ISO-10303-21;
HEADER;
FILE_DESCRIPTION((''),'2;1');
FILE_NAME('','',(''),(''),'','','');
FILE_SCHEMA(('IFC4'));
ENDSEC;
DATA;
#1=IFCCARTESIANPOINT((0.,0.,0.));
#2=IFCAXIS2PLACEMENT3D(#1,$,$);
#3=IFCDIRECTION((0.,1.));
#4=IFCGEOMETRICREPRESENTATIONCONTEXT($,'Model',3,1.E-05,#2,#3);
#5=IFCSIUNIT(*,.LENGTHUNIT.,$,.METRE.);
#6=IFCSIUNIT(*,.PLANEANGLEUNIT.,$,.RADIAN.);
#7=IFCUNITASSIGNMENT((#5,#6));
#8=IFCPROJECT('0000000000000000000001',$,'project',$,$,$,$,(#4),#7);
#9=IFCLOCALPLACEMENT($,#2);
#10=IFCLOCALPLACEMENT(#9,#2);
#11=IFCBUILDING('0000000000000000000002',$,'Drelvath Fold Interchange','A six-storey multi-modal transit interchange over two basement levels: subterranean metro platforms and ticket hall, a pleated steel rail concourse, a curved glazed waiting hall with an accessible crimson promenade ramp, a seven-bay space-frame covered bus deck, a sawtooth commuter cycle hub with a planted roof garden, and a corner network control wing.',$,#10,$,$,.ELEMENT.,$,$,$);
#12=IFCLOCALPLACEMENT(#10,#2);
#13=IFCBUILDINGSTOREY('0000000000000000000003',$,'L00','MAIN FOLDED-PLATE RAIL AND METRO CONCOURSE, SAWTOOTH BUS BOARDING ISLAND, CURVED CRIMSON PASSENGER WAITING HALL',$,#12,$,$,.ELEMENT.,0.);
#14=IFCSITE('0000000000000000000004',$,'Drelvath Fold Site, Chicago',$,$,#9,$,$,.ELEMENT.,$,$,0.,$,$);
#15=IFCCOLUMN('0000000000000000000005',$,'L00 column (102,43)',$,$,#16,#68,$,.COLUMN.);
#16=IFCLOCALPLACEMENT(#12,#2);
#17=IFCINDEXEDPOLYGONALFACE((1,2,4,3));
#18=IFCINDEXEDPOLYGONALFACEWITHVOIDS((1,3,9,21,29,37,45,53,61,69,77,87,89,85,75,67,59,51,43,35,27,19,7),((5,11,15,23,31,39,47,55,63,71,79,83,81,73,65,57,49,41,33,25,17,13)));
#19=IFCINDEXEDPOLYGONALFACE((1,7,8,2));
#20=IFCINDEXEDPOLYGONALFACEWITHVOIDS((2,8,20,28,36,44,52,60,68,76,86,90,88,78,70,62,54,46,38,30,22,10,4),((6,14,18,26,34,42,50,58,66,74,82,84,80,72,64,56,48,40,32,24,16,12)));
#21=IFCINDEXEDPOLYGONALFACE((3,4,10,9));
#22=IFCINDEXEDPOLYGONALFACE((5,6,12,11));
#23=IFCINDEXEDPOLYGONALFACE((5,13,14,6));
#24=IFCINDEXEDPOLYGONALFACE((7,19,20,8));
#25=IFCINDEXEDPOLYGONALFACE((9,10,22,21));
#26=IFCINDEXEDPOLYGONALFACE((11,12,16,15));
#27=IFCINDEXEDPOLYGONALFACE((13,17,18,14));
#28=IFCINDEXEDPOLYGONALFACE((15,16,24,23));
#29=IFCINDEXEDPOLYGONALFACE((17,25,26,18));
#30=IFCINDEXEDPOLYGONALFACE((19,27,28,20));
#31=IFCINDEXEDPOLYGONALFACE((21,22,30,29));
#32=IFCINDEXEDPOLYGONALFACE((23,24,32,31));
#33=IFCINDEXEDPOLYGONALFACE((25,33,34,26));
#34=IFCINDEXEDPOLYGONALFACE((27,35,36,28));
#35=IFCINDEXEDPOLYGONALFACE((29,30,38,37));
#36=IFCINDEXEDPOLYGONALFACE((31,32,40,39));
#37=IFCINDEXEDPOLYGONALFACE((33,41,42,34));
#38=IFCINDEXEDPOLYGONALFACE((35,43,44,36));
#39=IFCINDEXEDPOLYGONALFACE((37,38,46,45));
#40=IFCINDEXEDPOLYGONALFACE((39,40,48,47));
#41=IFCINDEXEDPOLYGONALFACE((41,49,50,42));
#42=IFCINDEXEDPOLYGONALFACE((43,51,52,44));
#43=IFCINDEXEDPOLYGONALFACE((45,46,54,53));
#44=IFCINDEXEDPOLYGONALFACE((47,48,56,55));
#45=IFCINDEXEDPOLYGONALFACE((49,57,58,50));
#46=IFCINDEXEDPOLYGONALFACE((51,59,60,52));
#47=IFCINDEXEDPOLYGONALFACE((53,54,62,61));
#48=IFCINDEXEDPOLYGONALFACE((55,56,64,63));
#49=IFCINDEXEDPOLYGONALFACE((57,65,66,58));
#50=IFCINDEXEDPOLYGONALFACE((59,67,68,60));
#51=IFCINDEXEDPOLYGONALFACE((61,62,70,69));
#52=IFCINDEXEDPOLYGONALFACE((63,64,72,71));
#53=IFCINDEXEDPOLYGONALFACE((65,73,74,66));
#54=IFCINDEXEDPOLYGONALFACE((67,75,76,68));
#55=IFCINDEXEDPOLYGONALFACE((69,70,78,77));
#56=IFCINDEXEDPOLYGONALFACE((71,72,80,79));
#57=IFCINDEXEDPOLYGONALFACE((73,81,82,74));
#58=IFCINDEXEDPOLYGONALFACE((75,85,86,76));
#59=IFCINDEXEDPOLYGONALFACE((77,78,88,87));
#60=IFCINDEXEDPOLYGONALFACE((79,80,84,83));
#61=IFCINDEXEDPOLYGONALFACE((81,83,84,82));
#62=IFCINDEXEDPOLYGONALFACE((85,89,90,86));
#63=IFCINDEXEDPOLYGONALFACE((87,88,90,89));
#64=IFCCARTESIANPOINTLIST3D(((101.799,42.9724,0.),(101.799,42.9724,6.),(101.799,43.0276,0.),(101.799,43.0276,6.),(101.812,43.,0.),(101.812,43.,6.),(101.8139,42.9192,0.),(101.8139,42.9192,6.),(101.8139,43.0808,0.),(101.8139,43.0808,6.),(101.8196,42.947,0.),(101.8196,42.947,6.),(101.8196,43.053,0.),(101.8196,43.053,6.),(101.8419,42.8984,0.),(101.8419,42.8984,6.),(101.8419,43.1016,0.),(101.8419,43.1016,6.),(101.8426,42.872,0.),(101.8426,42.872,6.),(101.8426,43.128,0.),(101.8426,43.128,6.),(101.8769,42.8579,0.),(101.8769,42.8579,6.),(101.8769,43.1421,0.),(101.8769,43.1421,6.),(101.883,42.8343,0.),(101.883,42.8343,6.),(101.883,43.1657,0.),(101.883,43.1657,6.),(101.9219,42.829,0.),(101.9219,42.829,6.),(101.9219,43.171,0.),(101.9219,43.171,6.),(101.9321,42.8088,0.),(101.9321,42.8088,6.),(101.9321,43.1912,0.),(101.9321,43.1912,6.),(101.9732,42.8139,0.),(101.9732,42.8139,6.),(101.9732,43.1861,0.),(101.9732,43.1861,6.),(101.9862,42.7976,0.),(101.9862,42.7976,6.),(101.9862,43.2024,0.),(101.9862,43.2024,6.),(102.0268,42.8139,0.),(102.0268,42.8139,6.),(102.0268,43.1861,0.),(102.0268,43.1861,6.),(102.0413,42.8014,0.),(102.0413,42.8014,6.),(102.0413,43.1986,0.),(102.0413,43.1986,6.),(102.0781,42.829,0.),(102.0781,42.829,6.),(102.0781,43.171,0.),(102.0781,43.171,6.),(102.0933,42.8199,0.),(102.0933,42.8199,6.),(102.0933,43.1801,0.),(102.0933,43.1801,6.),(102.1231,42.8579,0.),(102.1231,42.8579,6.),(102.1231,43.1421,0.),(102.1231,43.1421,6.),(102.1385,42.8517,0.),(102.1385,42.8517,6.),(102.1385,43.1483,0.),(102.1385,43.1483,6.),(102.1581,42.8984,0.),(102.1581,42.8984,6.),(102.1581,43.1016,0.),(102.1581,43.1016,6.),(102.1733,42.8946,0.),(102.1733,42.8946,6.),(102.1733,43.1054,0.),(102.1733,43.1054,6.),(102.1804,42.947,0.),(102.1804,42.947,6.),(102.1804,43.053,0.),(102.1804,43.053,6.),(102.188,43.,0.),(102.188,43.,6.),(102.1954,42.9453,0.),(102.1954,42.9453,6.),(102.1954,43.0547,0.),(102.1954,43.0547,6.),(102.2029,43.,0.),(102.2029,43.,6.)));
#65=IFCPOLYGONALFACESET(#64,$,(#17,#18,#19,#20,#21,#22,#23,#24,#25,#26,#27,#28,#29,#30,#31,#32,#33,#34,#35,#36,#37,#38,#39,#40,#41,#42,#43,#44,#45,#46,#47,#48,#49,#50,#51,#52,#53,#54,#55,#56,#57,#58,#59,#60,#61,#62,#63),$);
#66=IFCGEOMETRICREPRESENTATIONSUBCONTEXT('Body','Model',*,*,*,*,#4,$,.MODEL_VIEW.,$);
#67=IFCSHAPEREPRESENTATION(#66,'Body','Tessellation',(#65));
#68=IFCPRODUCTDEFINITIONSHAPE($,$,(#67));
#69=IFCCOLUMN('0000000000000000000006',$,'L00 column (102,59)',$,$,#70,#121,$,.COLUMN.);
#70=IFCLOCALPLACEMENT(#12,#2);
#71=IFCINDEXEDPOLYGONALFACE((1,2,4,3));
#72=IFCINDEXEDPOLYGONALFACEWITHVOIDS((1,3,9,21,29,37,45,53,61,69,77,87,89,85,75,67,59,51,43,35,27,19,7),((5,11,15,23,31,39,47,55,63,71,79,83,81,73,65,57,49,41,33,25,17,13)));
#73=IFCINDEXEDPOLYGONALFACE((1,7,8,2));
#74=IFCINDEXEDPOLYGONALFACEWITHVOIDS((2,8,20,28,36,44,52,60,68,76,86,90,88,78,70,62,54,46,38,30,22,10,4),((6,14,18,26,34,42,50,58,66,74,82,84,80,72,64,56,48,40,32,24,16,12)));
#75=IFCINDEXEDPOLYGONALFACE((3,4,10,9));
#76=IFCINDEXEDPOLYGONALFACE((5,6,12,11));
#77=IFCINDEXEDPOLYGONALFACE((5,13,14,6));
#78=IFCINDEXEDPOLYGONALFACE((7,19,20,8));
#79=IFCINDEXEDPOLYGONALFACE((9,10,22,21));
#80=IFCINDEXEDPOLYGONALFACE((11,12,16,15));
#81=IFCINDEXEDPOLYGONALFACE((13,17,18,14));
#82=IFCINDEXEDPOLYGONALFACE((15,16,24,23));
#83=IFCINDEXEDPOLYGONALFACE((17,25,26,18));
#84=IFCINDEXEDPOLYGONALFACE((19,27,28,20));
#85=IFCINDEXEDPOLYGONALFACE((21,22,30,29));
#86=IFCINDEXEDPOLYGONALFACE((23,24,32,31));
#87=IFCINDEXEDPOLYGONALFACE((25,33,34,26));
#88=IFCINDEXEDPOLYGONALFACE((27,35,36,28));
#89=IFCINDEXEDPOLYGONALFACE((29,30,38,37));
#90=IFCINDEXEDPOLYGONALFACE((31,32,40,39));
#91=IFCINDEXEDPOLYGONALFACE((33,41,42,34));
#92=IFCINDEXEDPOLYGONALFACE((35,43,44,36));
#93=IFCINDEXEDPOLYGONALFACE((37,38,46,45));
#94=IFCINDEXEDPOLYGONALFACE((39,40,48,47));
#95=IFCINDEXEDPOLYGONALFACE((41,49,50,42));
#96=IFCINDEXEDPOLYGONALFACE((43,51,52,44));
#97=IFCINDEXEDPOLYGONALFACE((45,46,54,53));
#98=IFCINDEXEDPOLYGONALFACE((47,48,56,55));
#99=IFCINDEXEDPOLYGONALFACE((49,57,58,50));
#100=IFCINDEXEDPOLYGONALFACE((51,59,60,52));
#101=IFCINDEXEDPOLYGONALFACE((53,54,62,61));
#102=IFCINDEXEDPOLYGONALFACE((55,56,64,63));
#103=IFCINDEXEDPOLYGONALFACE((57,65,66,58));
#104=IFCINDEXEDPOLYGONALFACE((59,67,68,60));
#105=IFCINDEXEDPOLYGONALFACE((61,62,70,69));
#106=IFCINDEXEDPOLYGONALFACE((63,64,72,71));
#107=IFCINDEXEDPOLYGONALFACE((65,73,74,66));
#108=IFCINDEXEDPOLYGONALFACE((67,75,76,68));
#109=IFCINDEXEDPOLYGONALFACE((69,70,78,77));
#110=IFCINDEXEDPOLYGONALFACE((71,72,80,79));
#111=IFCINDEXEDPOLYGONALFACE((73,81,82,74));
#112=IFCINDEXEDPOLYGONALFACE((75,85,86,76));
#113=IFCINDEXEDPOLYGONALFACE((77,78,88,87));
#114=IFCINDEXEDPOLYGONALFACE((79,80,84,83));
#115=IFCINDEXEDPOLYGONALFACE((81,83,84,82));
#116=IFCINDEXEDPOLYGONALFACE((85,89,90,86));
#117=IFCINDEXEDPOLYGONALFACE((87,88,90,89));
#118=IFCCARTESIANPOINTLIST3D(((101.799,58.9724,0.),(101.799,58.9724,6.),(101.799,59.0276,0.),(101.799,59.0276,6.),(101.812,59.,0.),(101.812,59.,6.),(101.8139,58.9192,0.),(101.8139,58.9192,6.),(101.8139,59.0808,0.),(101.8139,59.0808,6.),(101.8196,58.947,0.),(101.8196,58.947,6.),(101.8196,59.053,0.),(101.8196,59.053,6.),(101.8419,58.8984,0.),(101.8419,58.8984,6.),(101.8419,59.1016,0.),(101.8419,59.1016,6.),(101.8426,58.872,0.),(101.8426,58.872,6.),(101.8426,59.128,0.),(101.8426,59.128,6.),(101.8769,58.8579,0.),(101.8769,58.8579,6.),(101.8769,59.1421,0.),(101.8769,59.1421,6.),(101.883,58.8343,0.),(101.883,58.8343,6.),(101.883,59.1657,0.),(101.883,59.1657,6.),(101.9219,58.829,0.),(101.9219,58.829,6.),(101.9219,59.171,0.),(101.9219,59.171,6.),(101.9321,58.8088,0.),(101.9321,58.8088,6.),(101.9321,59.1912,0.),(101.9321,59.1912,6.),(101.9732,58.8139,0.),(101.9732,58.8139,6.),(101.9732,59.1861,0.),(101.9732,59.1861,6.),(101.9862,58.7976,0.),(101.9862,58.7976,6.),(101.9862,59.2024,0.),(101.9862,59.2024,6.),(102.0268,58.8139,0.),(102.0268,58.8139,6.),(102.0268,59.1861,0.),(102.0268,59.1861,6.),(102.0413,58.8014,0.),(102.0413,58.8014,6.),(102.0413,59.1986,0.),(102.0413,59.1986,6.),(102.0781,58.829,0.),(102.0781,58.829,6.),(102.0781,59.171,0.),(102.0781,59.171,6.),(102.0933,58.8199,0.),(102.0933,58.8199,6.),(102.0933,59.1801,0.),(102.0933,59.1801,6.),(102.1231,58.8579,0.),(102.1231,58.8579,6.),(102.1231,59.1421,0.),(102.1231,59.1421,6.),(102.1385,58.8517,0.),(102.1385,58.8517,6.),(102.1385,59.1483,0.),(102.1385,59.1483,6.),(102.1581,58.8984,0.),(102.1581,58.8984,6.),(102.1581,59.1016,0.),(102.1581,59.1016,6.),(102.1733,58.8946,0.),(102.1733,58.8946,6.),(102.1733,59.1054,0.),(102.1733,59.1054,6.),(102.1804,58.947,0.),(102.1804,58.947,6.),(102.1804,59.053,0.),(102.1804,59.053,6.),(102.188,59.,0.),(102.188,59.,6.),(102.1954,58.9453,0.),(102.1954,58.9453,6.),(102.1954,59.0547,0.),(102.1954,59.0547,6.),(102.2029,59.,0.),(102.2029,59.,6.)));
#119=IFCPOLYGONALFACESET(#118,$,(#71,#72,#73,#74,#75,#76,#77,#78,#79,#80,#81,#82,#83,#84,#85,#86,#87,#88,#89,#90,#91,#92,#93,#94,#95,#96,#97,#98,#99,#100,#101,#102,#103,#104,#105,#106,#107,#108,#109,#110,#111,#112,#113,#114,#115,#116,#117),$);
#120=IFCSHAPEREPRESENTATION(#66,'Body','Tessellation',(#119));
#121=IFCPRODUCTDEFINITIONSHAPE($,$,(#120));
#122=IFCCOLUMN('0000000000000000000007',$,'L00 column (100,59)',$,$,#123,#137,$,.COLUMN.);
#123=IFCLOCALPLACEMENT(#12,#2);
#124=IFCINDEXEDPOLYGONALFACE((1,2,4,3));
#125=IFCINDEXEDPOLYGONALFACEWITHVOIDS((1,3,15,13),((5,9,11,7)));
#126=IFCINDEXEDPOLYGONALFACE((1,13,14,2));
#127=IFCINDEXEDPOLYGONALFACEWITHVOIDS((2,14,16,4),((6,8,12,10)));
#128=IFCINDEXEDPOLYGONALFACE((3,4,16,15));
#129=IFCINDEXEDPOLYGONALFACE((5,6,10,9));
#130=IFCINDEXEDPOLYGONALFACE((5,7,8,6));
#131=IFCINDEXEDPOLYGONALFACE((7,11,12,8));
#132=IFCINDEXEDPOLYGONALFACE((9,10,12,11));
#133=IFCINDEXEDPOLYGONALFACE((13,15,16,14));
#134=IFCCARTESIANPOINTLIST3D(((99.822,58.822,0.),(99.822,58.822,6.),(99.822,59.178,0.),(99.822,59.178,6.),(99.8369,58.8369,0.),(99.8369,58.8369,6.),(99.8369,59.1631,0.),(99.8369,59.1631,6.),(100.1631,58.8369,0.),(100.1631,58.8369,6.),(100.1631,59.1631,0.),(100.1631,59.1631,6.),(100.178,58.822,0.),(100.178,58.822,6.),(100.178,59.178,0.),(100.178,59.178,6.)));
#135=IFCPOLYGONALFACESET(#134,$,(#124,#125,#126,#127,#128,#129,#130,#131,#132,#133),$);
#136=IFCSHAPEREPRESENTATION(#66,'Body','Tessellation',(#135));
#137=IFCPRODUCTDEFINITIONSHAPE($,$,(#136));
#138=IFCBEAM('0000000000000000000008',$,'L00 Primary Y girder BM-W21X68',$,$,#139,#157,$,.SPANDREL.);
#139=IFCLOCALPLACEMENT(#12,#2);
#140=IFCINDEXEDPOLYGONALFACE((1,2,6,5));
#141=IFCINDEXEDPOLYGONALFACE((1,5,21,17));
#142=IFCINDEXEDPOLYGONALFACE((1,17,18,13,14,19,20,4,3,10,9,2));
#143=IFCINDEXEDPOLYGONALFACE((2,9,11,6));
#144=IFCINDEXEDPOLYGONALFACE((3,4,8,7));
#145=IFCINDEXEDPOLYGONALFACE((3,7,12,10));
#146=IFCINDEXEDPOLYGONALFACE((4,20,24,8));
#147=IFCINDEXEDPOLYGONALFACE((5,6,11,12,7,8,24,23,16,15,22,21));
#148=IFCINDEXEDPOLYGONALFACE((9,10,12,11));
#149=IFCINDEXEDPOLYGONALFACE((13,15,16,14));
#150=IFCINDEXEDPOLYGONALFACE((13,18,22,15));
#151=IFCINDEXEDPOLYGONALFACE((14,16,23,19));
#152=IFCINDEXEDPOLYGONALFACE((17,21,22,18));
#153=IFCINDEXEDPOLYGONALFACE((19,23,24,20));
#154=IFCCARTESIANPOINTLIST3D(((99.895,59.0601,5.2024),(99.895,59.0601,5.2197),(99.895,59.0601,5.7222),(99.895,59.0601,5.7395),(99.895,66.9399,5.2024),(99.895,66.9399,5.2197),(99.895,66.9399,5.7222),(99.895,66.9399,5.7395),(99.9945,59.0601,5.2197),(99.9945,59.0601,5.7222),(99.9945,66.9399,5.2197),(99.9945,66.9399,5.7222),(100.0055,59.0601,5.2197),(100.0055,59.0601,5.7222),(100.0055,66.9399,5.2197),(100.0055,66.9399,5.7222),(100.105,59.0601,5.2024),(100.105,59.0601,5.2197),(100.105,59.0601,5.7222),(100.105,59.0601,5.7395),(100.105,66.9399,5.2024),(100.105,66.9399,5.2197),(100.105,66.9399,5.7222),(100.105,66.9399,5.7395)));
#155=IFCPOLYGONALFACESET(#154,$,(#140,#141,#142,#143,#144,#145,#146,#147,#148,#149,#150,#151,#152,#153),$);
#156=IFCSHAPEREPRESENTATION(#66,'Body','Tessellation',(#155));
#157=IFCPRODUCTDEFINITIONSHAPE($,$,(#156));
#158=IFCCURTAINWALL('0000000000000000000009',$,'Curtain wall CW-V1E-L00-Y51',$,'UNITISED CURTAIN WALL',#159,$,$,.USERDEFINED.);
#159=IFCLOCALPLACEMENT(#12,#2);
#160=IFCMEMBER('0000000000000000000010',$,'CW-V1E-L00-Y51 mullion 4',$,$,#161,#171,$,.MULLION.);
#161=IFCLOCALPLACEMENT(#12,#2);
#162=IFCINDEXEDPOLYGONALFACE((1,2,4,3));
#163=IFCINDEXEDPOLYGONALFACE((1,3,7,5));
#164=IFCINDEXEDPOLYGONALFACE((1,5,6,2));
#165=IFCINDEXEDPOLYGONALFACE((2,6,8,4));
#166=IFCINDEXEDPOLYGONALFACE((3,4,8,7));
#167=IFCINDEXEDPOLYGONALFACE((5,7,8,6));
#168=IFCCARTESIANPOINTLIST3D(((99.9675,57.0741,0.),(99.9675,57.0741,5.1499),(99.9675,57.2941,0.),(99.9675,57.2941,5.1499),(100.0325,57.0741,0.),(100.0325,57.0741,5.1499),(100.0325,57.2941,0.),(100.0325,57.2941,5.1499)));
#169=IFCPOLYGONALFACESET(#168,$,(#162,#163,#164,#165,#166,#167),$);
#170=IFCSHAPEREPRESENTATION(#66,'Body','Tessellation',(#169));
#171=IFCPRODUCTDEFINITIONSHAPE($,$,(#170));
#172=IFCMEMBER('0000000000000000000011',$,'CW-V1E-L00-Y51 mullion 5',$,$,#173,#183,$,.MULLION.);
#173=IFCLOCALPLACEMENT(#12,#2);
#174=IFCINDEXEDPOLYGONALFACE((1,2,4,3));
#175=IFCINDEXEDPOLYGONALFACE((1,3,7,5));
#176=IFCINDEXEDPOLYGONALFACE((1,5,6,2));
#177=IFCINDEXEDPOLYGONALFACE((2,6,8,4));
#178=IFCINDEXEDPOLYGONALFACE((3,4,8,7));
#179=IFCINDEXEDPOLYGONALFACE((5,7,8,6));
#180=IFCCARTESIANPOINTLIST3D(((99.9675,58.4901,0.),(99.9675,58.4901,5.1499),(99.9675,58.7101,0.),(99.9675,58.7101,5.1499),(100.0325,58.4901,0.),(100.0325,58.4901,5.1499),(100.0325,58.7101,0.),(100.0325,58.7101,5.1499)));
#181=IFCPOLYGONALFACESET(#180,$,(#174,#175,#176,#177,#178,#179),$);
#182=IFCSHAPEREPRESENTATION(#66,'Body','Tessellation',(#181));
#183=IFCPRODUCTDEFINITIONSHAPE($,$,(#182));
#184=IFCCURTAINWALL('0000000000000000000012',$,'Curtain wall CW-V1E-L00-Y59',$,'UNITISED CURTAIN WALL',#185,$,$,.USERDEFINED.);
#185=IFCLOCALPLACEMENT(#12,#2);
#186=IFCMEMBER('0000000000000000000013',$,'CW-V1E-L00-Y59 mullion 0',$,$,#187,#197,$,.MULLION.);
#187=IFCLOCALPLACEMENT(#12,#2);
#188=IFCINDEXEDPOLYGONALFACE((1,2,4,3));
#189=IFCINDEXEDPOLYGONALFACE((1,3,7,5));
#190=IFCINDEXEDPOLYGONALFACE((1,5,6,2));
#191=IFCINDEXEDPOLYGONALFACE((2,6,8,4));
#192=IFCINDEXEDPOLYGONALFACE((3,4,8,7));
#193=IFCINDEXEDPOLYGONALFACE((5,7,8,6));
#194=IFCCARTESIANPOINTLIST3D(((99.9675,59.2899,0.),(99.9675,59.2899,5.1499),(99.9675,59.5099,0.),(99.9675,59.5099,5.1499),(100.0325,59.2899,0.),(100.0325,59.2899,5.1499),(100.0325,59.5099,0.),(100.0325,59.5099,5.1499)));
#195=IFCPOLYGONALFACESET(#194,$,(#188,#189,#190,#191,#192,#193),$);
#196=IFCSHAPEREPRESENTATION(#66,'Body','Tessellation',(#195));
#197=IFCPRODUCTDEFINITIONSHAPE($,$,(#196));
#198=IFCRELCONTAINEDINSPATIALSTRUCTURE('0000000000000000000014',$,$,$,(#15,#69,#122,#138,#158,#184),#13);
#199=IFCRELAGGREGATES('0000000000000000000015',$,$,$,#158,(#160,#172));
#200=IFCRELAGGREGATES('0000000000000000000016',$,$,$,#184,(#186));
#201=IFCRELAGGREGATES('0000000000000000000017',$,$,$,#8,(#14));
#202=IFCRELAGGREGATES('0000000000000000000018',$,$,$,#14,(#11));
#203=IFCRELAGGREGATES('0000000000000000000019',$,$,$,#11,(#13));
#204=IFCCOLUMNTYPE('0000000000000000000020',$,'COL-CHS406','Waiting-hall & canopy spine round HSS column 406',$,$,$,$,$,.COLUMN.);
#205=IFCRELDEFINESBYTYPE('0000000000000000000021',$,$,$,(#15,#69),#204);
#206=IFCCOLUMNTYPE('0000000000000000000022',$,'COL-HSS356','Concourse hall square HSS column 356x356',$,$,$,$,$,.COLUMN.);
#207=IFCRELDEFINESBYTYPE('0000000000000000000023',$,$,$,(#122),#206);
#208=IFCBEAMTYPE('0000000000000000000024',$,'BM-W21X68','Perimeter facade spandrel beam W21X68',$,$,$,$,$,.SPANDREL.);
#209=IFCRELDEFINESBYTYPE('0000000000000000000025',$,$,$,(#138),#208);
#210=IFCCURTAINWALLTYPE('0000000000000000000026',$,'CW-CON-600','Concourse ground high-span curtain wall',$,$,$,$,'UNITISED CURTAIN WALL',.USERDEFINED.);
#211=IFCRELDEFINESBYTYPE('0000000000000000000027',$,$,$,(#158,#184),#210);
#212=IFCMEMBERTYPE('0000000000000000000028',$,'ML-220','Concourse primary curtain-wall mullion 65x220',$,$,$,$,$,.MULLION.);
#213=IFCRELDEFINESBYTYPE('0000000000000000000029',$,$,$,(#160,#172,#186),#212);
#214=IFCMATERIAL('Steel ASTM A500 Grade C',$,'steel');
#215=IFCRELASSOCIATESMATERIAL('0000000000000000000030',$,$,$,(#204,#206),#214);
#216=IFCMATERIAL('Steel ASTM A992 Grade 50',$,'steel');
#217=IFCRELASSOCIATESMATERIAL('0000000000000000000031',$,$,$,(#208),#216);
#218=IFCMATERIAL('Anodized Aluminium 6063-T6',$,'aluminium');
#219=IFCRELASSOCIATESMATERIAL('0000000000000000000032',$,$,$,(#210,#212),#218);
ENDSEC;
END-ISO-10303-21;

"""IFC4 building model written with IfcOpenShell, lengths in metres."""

from ifc_helpers import new_model, si_unit, direction, frame, origin, origin_2d, place, context, subcontext, project, spatial, rectangle, hollow_rectangle, hollow_circle, i_section, extrude, material, material_profile, profile_set, type_object, element, aggregate, save


model = new_model("IFC4")

# Units and contexts
model_context = context("Model", 3, precision=1e-05, world=origin(), true_north=direction((0.0, 1.0)))
body_context = subcontext(model_context, "Body", "Model", "MODEL_VIEW")
ifc_project = project(units=[si_unit("LENGTHUNIT", "METRE"), si_unit("PLANEANGLEUNIT", "RADIAN")], contexts=[model_context])

# Site, building, storey
site_placement = place(None, origin())
site = spatial("IfcSite", under=ifc_project, at=site_placement, Name="Drelvath Fold Site, Chicago", CompositionType="ELEMENT", RefElevation=0.0)
building_placement = place(site_placement, origin())
building = spatial("IfcBuilding", under=site, at=building_placement, Name="Drelvath Fold Interchange", Description="A six-storey multi-modal transit interchange over two basement levels: subterranean metro platforms and ticket hall, a pleated steel rail concourse, a curved glazed waiting hall with an accessible crimson promenade ramp, a seven-bay space-frame covered bus deck, a sawtooth commuter cycle hub with a planted roof garden, and a corner network control wing.", CompositionType="ELEMENT")
storey_placement = place(building_placement, origin())
storey = spatial("IfcBuildingStorey", under=building, at=storey_placement, Name="L00", Description="MAIN FOLDED-PLATE RAIL AND METRO CONCOURSE, SAWTOOTH BUS BOARDING ISLAND, CURVED CRIMSON PASSENGER WAITING HALL", CompositionType="ELEMENT", Elevation=0.0)

# Columns
ifc_material_1 = material(Name="Steel ASTM A500 Grade C", Category="steel")
ifc_material_profile_1 = material_profile(ifc_material_1, hollow_circle(Radius=0.2029, WallThickness=0.0149, at=origin_2d()), Name="HSS16.000X0.625")
ifc_profile_set_1 = profile_set([ifc_material_profile_1], Name="Steel ASTM A500 Grade C")
column_type_1 = type_object("IfcColumnType", Name="COL-CHS406", Description="Waiting-hall & canopy spine round HSS column 406", PredefinedType="COLUMN", material=ifc_profile_set_1)
for number, where, z_axis, x_axis, name in (
    (1, (102.0, 43.0, 0.0), (0.0, 0.0, 1.0), (1.0, 0.0, 0.0), "L00 column (102,43)"),
    (2, (102.0, 59.0, 0.0), (0.0, 0.0, 1.0), (1.0, 0.0, 0.0), "L00 column (102,59)"),
):
    element("IfcColumn", number, at=place(storey_placement, frame(where, z_axis=z_axis, x_axis=x_axis)), inside=storey, type_object=column_type_1, Name=name, PredefinedType="COLUMN", context=body_context, shape_type="SweptSolid", body=[
        extrude(hollow_circle(Radius=0.2029, WallThickness=0.0149, at=origin_2d()), origin(), (0.0, 0.0, 1.0), 6.0),
    ])
ifc_material_profile_2 = material_profile(ifc_material_1, hollow_rectangle(XDim=0.356, YDim=0.356, WallThickness=0.0149, at=origin_2d()), Name="HSS14X14X5/8")
ifc_profile_set_2 = profile_set([ifc_material_profile_2], Name="Steel ASTM A500 Grade C")
column_type_2 = type_object("IfcColumnType", Name="COL-HSS356", Description="Concourse hall square HSS column 356x356", PredefinedType="COLUMN", material=ifc_profile_set_2)
column_placement = place(storey_placement, frame((100.0, 59.0, 0.0), z_axis=(0.0, 0.0, 1.0), x_axis=(1.0, 0.0, 0.0)))
element("IfcColumn", 3, at=column_placement, inside=storey, type_object=column_type_2, Name="L00 column (100,59)", PredefinedType="COLUMN", context=body_context, shape_type="SweptSolid", body=[
    extrude(hollow_rectangle(XDim=0.356, YDim=0.356, WallThickness=0.0149, at=origin_2d()), origin(), (0.0, 0.0, 1.0), 6.0),
])

# Beam
ifc_material_2 = material(Name="Steel ASTM A992 Grade 50", Category="steel")
ifc_material_profile_3 = material_profile(ifc_material_2, i_section(OverallWidth=0.21, OverallDepth=0.5371, WebThickness=0.011, FlangeThickness=0.0173, at=origin_2d()), Name="W21X68")
ifc_profile_set_3 = profile_set([ifc_material_profile_3], Name="Steel ASTM A992 Grade 50")
beam_type = type_object("IfcBeamType", Name="BM-W21X68", Description="Perimeter facade spandrel beam W21X68", PredefinedType="SPANDREL", material=ifc_profile_set_3)
beam_placement = place(storey_placement, frame((100.0, 59.0601, 5.4709), z_axis=(0.0, 1.0, 0.0), x_axis=(-1.0, 0.0, 0.0)))
element("IfcBeam", 4, at=beam_placement, inside=storey, type_object=beam_type, Name="L00 Primary Y girder BM-W21X68", PredefinedType="SPANDREL", context=body_context, shape_type="SweptSolid", body=[
    extrude(i_section(OverallWidth=0.21, OverallDepth=0.5371, WebThickness=0.011, FlangeThickness=0.0173, at=origin_2d()), origin(), (0.0, 0.0, 1.0), 7.8799),
])

# Curtain walls, members
ifc_material_3 = material(Name="Anodized Aluminium 6063-T6", Category="aluminium")
curtain_wall_type = type_object("IfcCurtainWallType", Name="CW-CON-600", Description="Concourse ground high-span curtain wall", ElementType="UNITISED CURTAIN WALL", PredefinedType="USERDEFINED", material=ifc_material_3)
curtain_wall_1_placement = place(storey_placement, origin())
curtain_wall_1 = element("IfcCurtainWall", 5, at=curtain_wall_1_placement, inside=storey, type_object=curtain_wall_type, Name="Curtain wall CW-V1E-L00-Y51", ObjectType="UNITISED CURTAIN WALL", PredefinedType="USERDEFINED")
ifc_material_profile_4 = material_profile(ifc_material_3, rectangle(XDim=0.0649, YDim=0.22, at=origin_2d()), Name="AL-M 65x220")
ifc_profile_set_4 = profile_set([ifc_material_profile_4], Name="Anodized Aluminium 6063-T6")
member_type_1 = type_object("IfcMemberType", Name="ML-220", Description="Concourse primary curtain-wall mullion 65x220", PredefinedType="MULLION", material=ifc_profile_set_4)
member_1_placement = place(storey_placement, frame((100.0, 57.1841, 0.0), z_axis=(0.0, 0.0, 1.0), x_axis=(1.0, 0.0, 0.0)))
member_1 = element("IfcMember", 6, at=member_1_placement, type_object=member_type_1, Name="CW-V1E-L00-Y51 mullion 4", PredefinedType="MULLION", context=body_context, shape_type="SweptSolid", body=[
    extrude(rectangle(XDim=0.0649, YDim=0.22, at=origin_2d()), origin(), (0.0, 0.0, 1.0), 5.1499),
])
member_2_placement = place(storey_placement, frame((100.0, 58.6001, 0.0), z_axis=(0.0, 0.0, 1.0), x_axis=(1.0, 0.0, 0.0)))
member_2 = element("IfcMember", 7, at=member_2_placement, type_object=member_type_1, Name="CW-V1E-L00-Y51 mullion 5", PredefinedType="MULLION", context=body_context, shape_type="SweptSolid", body=[
    extrude(rectangle(XDim=0.0649, YDim=0.22, at=origin_2d()), origin(), (0.0, 0.0, 1.0), 5.1499),
])
curtain_wall_2_placement = place(storey_placement, origin())
curtain_wall_2 = element("IfcCurtainWall", 8, at=curtain_wall_2_placement, inside=storey, type_object=curtain_wall_type, Name="Curtain wall CW-V1E-L00-Y59", ObjectType="UNITISED CURTAIN WALL", PredefinedType="USERDEFINED")
member_3_placement = place(storey_placement, frame((100.0, 59.3999, 0.0), z_axis=(0.0, 0.0, 1.0), x_axis=(1.0, 0.0, 0.0)))
member_3 = element("IfcMember", 9, at=member_3_placement, type_object=member_type_1, Name="CW-V1E-L00-Y59 mullion 0", PredefinedType="MULLION", context=body_context, shape_type="SweptSolid", body=[
    extrude(rectangle(XDim=0.0649, YDim=0.22, at=origin_2d()), origin(), (0.0, 0.0, 1.0), 5.1499),
])

aggregate(curtain_wall_1, [member_1, member_2])
aggregate(curtain_wall_2, [member_3])

save(model, "model.ifc")
